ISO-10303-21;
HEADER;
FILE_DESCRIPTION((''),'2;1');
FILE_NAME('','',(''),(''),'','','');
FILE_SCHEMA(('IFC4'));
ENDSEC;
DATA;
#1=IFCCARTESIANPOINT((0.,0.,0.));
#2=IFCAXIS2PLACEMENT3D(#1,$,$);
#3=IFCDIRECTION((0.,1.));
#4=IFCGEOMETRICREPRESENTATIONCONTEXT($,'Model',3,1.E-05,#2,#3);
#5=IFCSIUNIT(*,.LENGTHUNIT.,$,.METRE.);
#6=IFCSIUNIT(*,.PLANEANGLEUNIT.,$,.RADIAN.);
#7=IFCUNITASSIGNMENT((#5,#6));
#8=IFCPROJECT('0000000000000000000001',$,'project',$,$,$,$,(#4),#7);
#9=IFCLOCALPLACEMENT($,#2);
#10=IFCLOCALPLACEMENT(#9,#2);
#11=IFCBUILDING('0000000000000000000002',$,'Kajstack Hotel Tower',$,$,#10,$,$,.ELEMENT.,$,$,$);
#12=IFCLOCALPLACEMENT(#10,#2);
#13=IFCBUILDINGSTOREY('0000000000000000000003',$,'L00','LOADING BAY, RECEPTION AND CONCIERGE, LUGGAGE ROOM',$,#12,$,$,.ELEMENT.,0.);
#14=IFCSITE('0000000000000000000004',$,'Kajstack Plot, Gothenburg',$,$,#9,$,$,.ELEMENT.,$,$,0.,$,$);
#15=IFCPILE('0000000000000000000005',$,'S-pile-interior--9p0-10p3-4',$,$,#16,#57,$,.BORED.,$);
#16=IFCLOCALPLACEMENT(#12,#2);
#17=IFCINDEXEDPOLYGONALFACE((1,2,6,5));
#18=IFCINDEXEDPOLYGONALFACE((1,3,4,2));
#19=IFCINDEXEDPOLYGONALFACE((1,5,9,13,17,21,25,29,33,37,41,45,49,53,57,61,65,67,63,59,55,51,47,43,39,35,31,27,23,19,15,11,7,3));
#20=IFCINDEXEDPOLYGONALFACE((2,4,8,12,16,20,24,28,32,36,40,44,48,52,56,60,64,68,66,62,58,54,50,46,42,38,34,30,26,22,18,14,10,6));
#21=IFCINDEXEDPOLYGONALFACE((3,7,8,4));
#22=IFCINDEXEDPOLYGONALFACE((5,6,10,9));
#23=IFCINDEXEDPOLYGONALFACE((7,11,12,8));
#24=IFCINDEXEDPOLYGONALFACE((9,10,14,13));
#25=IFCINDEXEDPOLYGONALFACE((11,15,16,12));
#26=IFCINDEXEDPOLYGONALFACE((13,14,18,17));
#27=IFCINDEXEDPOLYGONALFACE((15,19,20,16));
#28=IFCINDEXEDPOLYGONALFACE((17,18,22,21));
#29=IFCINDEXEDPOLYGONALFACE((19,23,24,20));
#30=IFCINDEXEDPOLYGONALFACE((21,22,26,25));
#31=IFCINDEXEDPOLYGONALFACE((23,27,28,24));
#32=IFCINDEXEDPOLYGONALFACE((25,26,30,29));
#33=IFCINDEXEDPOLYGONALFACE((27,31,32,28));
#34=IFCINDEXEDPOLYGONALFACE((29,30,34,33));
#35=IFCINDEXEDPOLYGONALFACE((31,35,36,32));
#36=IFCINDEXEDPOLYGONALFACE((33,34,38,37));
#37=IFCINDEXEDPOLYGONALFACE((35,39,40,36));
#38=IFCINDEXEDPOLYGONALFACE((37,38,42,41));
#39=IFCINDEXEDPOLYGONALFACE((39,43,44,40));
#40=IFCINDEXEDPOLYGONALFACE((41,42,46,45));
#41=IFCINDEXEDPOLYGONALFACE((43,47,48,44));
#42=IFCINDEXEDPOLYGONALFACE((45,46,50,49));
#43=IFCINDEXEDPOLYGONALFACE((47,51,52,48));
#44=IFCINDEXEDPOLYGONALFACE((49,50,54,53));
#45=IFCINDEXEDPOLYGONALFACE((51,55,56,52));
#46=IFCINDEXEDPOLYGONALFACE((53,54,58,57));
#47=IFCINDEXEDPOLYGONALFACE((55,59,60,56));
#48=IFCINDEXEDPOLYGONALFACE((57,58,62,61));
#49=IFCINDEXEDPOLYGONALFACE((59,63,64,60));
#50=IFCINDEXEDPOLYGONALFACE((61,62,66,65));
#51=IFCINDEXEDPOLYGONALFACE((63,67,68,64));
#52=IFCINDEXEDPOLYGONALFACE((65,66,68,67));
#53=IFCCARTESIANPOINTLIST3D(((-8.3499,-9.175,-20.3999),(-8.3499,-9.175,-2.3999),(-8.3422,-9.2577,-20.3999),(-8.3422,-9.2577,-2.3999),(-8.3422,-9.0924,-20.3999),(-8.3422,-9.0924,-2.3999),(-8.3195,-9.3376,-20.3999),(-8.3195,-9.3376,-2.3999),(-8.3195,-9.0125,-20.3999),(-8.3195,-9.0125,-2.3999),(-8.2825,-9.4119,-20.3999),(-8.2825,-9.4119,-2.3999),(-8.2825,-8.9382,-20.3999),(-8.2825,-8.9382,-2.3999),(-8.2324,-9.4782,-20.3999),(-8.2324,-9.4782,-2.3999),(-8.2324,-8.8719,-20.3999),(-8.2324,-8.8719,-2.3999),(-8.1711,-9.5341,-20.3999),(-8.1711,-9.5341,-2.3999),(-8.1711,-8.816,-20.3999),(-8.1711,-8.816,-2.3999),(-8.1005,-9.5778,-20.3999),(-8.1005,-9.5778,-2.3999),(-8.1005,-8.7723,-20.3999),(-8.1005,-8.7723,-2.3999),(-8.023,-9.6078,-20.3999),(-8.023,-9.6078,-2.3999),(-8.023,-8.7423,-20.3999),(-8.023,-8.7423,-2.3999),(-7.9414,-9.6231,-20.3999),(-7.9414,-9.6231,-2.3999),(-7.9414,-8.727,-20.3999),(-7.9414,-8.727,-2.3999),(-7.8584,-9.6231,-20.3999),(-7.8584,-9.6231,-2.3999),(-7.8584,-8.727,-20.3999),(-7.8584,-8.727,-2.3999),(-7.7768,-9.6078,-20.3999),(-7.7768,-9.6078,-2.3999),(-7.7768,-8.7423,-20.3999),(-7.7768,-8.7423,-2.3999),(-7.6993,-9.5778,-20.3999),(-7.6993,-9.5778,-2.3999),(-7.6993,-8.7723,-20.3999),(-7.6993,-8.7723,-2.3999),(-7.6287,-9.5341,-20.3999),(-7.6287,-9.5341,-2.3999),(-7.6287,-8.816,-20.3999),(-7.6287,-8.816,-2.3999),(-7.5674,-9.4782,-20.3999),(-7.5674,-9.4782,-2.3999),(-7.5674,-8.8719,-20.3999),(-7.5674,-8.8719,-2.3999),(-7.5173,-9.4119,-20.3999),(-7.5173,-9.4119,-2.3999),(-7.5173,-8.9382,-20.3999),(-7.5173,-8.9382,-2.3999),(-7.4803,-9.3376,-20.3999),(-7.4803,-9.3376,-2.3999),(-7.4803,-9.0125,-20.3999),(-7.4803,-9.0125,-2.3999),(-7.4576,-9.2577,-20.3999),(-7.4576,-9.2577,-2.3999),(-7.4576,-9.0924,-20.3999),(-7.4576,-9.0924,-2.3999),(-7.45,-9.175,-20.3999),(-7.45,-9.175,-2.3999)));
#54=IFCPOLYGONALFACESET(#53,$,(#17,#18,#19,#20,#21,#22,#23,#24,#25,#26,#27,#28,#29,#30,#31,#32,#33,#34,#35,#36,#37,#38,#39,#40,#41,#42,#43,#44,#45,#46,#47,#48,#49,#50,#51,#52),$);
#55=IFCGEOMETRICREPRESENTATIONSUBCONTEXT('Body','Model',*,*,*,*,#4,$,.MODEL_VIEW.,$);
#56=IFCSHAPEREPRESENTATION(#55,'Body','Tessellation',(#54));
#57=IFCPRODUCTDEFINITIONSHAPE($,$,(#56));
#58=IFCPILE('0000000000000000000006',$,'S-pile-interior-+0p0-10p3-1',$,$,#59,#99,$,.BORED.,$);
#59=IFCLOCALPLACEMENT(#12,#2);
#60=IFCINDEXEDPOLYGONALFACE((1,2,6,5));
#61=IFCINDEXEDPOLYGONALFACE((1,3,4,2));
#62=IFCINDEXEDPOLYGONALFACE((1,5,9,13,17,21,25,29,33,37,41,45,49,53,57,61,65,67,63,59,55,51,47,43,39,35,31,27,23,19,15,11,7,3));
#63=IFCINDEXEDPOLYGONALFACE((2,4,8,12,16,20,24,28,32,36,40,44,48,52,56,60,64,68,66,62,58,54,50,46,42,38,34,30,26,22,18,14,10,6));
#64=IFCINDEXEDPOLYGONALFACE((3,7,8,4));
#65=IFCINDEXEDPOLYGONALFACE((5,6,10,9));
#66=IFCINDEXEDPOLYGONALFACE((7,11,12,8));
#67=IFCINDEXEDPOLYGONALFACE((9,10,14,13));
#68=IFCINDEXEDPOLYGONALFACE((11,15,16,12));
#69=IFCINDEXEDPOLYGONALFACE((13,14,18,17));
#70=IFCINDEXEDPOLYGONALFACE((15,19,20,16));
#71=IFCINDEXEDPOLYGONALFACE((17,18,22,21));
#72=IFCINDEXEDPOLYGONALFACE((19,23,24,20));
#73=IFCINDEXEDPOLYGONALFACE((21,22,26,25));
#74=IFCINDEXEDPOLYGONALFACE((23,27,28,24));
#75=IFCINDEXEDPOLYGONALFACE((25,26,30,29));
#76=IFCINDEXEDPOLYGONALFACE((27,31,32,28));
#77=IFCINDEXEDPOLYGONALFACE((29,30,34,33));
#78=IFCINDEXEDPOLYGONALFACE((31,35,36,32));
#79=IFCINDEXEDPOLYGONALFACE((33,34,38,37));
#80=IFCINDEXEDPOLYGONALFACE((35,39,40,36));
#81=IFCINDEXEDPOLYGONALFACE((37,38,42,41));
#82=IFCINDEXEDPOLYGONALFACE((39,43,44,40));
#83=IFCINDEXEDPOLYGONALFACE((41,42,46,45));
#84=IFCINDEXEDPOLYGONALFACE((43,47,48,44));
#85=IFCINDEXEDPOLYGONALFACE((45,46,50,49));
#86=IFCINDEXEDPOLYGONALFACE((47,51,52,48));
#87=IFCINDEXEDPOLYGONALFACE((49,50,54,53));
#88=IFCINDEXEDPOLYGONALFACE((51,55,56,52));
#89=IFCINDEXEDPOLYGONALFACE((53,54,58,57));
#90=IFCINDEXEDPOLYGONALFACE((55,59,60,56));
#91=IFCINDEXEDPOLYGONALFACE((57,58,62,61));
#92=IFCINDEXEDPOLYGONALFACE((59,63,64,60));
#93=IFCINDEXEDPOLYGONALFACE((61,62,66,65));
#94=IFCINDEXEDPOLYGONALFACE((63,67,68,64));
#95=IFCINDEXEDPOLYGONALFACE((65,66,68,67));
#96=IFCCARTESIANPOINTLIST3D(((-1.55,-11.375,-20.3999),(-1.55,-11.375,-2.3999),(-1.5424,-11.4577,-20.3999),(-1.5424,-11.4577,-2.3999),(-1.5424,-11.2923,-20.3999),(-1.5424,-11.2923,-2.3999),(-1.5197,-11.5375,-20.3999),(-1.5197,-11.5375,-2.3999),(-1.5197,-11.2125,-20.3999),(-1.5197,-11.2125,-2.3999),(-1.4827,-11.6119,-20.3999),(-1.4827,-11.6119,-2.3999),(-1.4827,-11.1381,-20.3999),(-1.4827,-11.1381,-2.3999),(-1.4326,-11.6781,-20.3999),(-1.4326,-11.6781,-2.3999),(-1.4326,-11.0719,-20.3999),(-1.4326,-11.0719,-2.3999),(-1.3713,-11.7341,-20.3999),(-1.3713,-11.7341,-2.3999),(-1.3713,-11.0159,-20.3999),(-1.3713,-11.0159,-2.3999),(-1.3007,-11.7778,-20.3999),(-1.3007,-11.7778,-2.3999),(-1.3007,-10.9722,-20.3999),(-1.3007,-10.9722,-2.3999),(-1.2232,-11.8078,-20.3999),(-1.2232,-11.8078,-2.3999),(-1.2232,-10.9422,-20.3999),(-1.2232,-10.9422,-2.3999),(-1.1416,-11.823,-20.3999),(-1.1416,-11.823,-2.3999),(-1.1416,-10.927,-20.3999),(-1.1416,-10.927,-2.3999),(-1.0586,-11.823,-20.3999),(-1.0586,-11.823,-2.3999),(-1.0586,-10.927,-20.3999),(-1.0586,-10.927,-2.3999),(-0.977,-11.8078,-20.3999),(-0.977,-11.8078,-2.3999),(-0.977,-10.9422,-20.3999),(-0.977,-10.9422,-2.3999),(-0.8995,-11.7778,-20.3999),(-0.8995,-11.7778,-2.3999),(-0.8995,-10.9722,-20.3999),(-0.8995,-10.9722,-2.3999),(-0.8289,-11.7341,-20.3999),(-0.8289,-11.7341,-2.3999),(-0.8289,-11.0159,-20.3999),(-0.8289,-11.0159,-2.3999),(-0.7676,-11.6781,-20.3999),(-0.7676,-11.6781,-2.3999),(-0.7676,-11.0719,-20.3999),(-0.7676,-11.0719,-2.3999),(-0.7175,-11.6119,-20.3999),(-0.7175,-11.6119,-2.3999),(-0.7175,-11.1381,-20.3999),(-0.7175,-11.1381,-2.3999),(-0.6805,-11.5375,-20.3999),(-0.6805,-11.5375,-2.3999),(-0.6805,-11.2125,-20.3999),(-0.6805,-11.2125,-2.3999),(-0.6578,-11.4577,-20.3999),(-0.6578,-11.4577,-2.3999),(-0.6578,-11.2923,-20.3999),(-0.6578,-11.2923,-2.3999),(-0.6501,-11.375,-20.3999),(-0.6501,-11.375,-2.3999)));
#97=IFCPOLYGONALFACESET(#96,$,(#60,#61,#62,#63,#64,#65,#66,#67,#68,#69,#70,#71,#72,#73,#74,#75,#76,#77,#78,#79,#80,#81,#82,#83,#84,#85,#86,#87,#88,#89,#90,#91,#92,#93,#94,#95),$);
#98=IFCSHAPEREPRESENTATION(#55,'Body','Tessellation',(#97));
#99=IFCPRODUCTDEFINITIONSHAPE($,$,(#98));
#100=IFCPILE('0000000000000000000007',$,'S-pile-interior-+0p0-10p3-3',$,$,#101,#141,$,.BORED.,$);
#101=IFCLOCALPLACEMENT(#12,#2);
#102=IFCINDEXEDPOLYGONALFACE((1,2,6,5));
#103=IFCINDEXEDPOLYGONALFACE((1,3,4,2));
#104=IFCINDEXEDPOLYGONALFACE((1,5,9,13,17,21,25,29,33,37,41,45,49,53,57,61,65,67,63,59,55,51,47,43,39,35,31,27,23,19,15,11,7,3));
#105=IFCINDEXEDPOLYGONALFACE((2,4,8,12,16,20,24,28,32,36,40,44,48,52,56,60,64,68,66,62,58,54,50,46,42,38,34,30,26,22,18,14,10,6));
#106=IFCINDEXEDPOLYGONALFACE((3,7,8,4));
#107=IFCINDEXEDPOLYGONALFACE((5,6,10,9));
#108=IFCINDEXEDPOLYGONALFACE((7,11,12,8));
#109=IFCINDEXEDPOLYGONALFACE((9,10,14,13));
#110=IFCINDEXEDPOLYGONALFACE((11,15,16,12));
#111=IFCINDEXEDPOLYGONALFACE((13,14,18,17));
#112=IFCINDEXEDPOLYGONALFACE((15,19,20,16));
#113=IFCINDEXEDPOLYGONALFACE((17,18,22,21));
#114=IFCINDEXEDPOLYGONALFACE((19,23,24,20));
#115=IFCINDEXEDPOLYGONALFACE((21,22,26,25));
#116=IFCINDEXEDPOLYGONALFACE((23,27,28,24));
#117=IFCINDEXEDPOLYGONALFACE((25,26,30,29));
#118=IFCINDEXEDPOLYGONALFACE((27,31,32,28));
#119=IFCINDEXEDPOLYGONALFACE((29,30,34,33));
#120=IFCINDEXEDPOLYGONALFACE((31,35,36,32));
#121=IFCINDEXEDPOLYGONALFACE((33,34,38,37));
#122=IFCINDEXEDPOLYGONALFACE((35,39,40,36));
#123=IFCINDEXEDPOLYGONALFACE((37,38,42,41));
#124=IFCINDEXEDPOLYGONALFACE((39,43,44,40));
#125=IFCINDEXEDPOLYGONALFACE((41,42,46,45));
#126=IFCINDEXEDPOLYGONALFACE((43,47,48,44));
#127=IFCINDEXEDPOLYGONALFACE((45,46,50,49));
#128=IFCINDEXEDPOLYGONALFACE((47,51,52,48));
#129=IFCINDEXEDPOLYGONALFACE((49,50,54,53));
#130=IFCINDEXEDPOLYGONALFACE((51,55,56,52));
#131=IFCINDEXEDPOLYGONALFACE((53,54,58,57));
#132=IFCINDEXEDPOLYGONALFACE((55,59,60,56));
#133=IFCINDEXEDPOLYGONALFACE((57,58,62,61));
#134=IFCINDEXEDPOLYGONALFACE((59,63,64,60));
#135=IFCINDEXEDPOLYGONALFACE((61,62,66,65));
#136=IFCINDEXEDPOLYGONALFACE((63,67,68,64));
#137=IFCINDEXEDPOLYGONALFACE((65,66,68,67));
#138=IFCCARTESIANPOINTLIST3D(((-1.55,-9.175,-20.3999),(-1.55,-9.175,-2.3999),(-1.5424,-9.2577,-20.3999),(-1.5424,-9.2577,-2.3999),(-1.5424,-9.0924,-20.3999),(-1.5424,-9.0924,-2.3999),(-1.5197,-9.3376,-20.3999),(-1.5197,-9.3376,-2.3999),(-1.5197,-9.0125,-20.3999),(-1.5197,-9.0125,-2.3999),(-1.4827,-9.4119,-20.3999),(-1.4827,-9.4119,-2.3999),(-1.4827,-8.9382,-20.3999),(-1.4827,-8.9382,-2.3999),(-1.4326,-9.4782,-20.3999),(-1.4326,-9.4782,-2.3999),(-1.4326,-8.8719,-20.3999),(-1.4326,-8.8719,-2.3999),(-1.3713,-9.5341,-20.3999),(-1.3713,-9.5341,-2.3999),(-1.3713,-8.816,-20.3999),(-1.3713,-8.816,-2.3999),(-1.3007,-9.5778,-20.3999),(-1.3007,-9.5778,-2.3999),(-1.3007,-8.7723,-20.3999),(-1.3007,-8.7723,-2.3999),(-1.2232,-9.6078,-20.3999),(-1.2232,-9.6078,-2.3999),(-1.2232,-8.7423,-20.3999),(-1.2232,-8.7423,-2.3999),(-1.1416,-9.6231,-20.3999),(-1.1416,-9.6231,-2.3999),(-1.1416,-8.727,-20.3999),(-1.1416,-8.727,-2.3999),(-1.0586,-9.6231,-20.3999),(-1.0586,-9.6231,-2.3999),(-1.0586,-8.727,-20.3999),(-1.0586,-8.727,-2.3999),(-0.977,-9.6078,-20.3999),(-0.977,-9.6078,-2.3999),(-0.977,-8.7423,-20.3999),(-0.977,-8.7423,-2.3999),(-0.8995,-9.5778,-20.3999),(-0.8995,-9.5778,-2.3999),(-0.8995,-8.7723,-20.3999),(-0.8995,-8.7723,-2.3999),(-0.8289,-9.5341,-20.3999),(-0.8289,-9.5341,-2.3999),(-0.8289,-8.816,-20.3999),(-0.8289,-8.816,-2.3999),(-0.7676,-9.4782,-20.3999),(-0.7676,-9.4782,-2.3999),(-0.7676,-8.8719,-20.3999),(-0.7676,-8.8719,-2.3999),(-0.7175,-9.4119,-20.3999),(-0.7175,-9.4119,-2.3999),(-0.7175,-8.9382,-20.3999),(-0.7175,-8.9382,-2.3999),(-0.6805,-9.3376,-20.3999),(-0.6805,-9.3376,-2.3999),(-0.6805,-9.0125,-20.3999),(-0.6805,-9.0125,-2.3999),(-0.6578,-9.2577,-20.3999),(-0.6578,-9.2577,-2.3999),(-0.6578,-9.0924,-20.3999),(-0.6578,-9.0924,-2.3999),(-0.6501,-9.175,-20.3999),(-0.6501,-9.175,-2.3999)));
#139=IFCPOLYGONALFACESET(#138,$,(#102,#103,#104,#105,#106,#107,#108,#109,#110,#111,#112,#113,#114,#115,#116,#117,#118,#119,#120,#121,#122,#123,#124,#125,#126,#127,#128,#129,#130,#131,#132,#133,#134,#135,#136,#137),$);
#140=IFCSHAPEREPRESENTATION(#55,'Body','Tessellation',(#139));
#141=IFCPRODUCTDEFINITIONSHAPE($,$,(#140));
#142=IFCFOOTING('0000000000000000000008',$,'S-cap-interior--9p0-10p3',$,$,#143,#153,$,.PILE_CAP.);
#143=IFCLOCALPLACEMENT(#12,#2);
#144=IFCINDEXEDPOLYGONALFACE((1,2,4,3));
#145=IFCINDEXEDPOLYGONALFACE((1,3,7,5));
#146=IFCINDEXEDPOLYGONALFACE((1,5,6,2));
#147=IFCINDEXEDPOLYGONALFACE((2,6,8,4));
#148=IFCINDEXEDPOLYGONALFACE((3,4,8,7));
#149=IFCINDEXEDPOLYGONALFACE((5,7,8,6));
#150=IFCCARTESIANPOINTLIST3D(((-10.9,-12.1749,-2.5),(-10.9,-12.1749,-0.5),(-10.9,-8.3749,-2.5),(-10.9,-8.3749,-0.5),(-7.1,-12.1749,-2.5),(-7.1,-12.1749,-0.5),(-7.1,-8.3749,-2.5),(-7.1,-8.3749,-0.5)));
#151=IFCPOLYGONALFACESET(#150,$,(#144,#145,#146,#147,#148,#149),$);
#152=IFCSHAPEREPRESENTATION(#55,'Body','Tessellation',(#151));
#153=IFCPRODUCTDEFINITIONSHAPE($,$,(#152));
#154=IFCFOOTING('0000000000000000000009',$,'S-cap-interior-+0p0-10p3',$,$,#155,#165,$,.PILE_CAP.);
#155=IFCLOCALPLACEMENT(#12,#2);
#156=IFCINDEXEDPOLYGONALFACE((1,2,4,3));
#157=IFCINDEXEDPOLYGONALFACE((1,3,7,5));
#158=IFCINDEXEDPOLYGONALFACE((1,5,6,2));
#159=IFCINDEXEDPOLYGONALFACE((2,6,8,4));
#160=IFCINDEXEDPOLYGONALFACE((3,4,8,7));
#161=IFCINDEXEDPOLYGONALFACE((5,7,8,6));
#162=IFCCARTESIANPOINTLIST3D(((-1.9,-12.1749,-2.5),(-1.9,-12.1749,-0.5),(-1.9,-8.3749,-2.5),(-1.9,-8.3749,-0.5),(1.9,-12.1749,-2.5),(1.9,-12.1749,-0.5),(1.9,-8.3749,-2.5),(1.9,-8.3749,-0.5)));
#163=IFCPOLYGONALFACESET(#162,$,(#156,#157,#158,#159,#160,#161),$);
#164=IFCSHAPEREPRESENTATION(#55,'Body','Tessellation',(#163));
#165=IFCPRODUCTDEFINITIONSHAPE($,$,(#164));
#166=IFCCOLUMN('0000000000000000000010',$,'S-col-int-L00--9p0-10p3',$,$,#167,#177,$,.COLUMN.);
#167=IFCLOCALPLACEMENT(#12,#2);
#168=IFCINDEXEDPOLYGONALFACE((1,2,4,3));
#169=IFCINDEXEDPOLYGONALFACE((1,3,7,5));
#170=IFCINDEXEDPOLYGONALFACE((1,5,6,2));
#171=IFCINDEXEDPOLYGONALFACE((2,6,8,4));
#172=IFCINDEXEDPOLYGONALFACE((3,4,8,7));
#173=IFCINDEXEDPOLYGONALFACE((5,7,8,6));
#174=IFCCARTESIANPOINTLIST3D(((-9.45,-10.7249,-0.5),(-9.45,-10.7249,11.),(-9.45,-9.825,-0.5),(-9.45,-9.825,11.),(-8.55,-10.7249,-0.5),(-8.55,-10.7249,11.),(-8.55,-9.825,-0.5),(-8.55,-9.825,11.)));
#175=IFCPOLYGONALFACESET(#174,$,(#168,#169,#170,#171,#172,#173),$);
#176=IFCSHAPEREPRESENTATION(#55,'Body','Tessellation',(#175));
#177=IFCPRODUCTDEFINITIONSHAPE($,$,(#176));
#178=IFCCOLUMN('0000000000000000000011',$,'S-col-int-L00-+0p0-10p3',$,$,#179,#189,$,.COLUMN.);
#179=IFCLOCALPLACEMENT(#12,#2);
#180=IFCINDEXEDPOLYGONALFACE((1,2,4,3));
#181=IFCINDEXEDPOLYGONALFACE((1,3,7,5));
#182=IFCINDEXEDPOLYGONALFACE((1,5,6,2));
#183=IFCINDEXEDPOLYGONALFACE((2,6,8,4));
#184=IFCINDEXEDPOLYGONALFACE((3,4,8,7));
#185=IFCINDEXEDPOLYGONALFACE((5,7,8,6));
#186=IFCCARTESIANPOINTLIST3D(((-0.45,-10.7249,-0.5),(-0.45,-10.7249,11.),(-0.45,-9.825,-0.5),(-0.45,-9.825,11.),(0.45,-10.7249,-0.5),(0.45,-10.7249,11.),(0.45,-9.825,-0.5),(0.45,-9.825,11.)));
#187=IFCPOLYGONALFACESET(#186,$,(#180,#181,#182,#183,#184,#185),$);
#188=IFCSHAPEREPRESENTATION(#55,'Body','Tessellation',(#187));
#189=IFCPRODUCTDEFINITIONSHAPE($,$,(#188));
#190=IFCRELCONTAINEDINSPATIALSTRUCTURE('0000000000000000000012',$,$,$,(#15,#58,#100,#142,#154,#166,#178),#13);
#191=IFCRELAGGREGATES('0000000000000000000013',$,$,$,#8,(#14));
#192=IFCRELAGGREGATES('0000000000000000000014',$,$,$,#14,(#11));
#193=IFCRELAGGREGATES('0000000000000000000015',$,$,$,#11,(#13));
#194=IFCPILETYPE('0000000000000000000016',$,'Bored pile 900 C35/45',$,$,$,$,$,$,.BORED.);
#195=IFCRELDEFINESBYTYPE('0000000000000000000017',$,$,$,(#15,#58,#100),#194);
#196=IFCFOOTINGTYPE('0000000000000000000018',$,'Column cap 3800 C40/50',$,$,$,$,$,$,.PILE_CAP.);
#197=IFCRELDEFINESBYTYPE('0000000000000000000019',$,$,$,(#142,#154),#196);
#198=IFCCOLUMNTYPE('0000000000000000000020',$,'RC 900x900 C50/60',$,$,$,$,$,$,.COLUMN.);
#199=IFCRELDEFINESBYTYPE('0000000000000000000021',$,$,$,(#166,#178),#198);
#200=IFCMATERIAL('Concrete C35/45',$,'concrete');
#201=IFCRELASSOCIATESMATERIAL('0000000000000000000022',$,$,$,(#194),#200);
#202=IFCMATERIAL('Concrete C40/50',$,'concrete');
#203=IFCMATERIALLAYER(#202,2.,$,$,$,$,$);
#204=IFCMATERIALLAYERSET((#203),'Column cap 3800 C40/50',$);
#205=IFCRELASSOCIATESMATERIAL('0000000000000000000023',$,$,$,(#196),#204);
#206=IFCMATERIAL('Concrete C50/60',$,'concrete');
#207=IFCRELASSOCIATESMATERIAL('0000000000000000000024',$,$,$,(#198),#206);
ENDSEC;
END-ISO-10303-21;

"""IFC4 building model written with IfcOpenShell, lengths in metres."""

from ifc_helpers import new_model, si_unit, direction, frame, origin, origin_2d, place, context, subcontext, project, spatial, rectangle, circle, extrude, material, layer, layer_set, material_profile, profile_set, type_object, element, save


model = new_model("IFC4")

# Units and contexts
model_context = context("Model", 3, precision=1e-05, world=origin(), true_north=direction((0.0, 1.0)))
body_context = subcontext(model_context, "Body", "Model", "MODEL_VIEW")
ifc_project = project(units=[si_unit("LENGTHUNIT", "METRE"), si_unit("PLANEANGLEUNIT", "RADIAN")], contexts=[model_context])

# Site, building, storey
site_placement = place(None, origin())
site = spatial("IfcSite", under=ifc_project, at=site_placement, Name="Kajstack Plot, Gothenburg", CompositionType="ELEMENT", RefElevation=0.0)
building_placement = place(site_placement, origin())
building = spatial("IfcBuilding", under=site, at=building_placement, Name="Kajstack Hotel Tower", CompositionType="ELEMENT")
storey_placement = place(building_placement, origin())
storey = spatial("IfcBuildingStorey", under=building, at=storey_placement, Name="L00", Description="LOADING BAY, RECEPTION AND CONCIERGE, LUGGAGE ROOM", CompositionType="ELEMENT", Elevation=0.0)

# Piles
ifc_material_1 = material(Name="Concrete C35/45", Category="concrete")
ifc_material_profile_1 = material_profile(ifc_material_1, circle(Radius=0.45, at=origin_2d()), Name="RC round 900")
ifc_profile_set_1 = profile_set([ifc_material_profile_1], Name="Concrete C35/45")
pile_type_1 = type_object("IfcPileType", Name="Bored pile 900 C35/45", PredefinedType="BORED", material=ifc_profile_set_1)
for number, where, z_axis, x_axis, name in (
    (1, (-7.8999, -9.175, -2.3999), (0.0, 0.0, -1.0), (1.0, 0.0, 0.0), "S-pile-interior--9p0-10p3-4"),
    (2, (-1.1001, -11.375, -2.3999), (0.0, 0.0, -1.0), (1.0, 0.0, 0.0), "S-pile-interior-+0p0-10p3-1"),
    (3, (-1.1001, -9.175, -2.3999), (0.0, 0.0, -1.0), (1.0, 0.0, 0.0), "S-pile-interior-+0p0-10p3-3"),
):
    element("IfcPile", number, at=place(storey_placement, frame(where, z_axis=z_axis, x_axis=x_axis)), inside=storey, type_object=pile_type_1, Name=name, PredefinedType="BORED", context=body_context, shape_type="SweptSolid", body=[
        extrude(circle(Radius=0.45, at=origin_2d()), origin(), (0.0, 0.0, 1.0), 18.0),
    ])

# Footings
ifc_material_2 = material(Name="Concrete C40/50", Category="concrete")
ifc_layer_1 = layer(ifc_material_2, 2.0)
ifc_layer_set_1 = layer_set([ifc_layer_1], Name="Column cap 3800 C40/50")
footing_type = type_object("IfcFootingType", Name="Column cap 3800 C40/50", PredefinedType="PILE_CAP", material=ifc_layer_set_1)
for number, where, z_axis, x_axis, name in (
    (4, (-9.0, -10.2749, -2.5), (0.0, 0.0, 1.0), (1.0, 0.0, 0.0), "S-cap-interior--9p0-10p3"),
    (5, (0.0, -10.2749, -2.5), (0.0, 0.0, 1.0), (1.0, 0.0, 0.0), "S-cap-interior-+0p0-10p3"),
):
    element("IfcFooting", number, at=place(storey_placement, frame(where, z_axis=z_axis, x_axis=x_axis)), inside=storey, type_object=footing_type, Name=name, PredefinedType="PILE_CAP", context=body_context, shape_type="SweptSolid", body=[
        extrude(rectangle(XDim=3.8, YDim=3.8, at=origin_2d()), origin(), (0.0, 0.0, 1.0), 2.0),
    ])

# Columns
ifc_material_3 = material(Name="Concrete C50/60", Category="concrete")
ifc_material_profile_2 = material_profile(ifc_material_3, rectangle(XDim=0.8999, YDim=0.8999, at=origin_2d()), Name="RC 900x900")
ifc_profile_set_2 = profile_set([ifc_material_profile_2], Name="Concrete C50/60")
column_type = type_object("IfcColumnType", Name="RC 900x900 C50/60", PredefinedType="COLUMN", material=ifc_profile_set_2)
for number, where, z_axis, x_axis, name in (
    (6, (-9.0, -10.2749, -0.5), (0.0, 0.0, 1.0), (1.0, 0.0, 0.0), "S-col-int-L00--9p0-10p3"),
    (7, (0.0, -10.2749, -0.5), (0.0, 0.0, 1.0), (1.0, 0.0, 0.0), "S-col-int-L00-+0p0-10p3"),
):
    element("IfcColumn", number, at=place(storey_placement, frame(where, z_axis=z_axis, x_axis=x_axis)), inside=storey, type_object=column_type, Name=name, PredefinedType="COLUMN", context=body_context, shape_type="SweptSolid", body=[
        extrude(rectangle(XDim=0.8999, YDim=0.8999, at=origin_2d()), origin(), (0.0, 0.0, 1.0), 11.5),
    ])

save(model, "model.ifc")
